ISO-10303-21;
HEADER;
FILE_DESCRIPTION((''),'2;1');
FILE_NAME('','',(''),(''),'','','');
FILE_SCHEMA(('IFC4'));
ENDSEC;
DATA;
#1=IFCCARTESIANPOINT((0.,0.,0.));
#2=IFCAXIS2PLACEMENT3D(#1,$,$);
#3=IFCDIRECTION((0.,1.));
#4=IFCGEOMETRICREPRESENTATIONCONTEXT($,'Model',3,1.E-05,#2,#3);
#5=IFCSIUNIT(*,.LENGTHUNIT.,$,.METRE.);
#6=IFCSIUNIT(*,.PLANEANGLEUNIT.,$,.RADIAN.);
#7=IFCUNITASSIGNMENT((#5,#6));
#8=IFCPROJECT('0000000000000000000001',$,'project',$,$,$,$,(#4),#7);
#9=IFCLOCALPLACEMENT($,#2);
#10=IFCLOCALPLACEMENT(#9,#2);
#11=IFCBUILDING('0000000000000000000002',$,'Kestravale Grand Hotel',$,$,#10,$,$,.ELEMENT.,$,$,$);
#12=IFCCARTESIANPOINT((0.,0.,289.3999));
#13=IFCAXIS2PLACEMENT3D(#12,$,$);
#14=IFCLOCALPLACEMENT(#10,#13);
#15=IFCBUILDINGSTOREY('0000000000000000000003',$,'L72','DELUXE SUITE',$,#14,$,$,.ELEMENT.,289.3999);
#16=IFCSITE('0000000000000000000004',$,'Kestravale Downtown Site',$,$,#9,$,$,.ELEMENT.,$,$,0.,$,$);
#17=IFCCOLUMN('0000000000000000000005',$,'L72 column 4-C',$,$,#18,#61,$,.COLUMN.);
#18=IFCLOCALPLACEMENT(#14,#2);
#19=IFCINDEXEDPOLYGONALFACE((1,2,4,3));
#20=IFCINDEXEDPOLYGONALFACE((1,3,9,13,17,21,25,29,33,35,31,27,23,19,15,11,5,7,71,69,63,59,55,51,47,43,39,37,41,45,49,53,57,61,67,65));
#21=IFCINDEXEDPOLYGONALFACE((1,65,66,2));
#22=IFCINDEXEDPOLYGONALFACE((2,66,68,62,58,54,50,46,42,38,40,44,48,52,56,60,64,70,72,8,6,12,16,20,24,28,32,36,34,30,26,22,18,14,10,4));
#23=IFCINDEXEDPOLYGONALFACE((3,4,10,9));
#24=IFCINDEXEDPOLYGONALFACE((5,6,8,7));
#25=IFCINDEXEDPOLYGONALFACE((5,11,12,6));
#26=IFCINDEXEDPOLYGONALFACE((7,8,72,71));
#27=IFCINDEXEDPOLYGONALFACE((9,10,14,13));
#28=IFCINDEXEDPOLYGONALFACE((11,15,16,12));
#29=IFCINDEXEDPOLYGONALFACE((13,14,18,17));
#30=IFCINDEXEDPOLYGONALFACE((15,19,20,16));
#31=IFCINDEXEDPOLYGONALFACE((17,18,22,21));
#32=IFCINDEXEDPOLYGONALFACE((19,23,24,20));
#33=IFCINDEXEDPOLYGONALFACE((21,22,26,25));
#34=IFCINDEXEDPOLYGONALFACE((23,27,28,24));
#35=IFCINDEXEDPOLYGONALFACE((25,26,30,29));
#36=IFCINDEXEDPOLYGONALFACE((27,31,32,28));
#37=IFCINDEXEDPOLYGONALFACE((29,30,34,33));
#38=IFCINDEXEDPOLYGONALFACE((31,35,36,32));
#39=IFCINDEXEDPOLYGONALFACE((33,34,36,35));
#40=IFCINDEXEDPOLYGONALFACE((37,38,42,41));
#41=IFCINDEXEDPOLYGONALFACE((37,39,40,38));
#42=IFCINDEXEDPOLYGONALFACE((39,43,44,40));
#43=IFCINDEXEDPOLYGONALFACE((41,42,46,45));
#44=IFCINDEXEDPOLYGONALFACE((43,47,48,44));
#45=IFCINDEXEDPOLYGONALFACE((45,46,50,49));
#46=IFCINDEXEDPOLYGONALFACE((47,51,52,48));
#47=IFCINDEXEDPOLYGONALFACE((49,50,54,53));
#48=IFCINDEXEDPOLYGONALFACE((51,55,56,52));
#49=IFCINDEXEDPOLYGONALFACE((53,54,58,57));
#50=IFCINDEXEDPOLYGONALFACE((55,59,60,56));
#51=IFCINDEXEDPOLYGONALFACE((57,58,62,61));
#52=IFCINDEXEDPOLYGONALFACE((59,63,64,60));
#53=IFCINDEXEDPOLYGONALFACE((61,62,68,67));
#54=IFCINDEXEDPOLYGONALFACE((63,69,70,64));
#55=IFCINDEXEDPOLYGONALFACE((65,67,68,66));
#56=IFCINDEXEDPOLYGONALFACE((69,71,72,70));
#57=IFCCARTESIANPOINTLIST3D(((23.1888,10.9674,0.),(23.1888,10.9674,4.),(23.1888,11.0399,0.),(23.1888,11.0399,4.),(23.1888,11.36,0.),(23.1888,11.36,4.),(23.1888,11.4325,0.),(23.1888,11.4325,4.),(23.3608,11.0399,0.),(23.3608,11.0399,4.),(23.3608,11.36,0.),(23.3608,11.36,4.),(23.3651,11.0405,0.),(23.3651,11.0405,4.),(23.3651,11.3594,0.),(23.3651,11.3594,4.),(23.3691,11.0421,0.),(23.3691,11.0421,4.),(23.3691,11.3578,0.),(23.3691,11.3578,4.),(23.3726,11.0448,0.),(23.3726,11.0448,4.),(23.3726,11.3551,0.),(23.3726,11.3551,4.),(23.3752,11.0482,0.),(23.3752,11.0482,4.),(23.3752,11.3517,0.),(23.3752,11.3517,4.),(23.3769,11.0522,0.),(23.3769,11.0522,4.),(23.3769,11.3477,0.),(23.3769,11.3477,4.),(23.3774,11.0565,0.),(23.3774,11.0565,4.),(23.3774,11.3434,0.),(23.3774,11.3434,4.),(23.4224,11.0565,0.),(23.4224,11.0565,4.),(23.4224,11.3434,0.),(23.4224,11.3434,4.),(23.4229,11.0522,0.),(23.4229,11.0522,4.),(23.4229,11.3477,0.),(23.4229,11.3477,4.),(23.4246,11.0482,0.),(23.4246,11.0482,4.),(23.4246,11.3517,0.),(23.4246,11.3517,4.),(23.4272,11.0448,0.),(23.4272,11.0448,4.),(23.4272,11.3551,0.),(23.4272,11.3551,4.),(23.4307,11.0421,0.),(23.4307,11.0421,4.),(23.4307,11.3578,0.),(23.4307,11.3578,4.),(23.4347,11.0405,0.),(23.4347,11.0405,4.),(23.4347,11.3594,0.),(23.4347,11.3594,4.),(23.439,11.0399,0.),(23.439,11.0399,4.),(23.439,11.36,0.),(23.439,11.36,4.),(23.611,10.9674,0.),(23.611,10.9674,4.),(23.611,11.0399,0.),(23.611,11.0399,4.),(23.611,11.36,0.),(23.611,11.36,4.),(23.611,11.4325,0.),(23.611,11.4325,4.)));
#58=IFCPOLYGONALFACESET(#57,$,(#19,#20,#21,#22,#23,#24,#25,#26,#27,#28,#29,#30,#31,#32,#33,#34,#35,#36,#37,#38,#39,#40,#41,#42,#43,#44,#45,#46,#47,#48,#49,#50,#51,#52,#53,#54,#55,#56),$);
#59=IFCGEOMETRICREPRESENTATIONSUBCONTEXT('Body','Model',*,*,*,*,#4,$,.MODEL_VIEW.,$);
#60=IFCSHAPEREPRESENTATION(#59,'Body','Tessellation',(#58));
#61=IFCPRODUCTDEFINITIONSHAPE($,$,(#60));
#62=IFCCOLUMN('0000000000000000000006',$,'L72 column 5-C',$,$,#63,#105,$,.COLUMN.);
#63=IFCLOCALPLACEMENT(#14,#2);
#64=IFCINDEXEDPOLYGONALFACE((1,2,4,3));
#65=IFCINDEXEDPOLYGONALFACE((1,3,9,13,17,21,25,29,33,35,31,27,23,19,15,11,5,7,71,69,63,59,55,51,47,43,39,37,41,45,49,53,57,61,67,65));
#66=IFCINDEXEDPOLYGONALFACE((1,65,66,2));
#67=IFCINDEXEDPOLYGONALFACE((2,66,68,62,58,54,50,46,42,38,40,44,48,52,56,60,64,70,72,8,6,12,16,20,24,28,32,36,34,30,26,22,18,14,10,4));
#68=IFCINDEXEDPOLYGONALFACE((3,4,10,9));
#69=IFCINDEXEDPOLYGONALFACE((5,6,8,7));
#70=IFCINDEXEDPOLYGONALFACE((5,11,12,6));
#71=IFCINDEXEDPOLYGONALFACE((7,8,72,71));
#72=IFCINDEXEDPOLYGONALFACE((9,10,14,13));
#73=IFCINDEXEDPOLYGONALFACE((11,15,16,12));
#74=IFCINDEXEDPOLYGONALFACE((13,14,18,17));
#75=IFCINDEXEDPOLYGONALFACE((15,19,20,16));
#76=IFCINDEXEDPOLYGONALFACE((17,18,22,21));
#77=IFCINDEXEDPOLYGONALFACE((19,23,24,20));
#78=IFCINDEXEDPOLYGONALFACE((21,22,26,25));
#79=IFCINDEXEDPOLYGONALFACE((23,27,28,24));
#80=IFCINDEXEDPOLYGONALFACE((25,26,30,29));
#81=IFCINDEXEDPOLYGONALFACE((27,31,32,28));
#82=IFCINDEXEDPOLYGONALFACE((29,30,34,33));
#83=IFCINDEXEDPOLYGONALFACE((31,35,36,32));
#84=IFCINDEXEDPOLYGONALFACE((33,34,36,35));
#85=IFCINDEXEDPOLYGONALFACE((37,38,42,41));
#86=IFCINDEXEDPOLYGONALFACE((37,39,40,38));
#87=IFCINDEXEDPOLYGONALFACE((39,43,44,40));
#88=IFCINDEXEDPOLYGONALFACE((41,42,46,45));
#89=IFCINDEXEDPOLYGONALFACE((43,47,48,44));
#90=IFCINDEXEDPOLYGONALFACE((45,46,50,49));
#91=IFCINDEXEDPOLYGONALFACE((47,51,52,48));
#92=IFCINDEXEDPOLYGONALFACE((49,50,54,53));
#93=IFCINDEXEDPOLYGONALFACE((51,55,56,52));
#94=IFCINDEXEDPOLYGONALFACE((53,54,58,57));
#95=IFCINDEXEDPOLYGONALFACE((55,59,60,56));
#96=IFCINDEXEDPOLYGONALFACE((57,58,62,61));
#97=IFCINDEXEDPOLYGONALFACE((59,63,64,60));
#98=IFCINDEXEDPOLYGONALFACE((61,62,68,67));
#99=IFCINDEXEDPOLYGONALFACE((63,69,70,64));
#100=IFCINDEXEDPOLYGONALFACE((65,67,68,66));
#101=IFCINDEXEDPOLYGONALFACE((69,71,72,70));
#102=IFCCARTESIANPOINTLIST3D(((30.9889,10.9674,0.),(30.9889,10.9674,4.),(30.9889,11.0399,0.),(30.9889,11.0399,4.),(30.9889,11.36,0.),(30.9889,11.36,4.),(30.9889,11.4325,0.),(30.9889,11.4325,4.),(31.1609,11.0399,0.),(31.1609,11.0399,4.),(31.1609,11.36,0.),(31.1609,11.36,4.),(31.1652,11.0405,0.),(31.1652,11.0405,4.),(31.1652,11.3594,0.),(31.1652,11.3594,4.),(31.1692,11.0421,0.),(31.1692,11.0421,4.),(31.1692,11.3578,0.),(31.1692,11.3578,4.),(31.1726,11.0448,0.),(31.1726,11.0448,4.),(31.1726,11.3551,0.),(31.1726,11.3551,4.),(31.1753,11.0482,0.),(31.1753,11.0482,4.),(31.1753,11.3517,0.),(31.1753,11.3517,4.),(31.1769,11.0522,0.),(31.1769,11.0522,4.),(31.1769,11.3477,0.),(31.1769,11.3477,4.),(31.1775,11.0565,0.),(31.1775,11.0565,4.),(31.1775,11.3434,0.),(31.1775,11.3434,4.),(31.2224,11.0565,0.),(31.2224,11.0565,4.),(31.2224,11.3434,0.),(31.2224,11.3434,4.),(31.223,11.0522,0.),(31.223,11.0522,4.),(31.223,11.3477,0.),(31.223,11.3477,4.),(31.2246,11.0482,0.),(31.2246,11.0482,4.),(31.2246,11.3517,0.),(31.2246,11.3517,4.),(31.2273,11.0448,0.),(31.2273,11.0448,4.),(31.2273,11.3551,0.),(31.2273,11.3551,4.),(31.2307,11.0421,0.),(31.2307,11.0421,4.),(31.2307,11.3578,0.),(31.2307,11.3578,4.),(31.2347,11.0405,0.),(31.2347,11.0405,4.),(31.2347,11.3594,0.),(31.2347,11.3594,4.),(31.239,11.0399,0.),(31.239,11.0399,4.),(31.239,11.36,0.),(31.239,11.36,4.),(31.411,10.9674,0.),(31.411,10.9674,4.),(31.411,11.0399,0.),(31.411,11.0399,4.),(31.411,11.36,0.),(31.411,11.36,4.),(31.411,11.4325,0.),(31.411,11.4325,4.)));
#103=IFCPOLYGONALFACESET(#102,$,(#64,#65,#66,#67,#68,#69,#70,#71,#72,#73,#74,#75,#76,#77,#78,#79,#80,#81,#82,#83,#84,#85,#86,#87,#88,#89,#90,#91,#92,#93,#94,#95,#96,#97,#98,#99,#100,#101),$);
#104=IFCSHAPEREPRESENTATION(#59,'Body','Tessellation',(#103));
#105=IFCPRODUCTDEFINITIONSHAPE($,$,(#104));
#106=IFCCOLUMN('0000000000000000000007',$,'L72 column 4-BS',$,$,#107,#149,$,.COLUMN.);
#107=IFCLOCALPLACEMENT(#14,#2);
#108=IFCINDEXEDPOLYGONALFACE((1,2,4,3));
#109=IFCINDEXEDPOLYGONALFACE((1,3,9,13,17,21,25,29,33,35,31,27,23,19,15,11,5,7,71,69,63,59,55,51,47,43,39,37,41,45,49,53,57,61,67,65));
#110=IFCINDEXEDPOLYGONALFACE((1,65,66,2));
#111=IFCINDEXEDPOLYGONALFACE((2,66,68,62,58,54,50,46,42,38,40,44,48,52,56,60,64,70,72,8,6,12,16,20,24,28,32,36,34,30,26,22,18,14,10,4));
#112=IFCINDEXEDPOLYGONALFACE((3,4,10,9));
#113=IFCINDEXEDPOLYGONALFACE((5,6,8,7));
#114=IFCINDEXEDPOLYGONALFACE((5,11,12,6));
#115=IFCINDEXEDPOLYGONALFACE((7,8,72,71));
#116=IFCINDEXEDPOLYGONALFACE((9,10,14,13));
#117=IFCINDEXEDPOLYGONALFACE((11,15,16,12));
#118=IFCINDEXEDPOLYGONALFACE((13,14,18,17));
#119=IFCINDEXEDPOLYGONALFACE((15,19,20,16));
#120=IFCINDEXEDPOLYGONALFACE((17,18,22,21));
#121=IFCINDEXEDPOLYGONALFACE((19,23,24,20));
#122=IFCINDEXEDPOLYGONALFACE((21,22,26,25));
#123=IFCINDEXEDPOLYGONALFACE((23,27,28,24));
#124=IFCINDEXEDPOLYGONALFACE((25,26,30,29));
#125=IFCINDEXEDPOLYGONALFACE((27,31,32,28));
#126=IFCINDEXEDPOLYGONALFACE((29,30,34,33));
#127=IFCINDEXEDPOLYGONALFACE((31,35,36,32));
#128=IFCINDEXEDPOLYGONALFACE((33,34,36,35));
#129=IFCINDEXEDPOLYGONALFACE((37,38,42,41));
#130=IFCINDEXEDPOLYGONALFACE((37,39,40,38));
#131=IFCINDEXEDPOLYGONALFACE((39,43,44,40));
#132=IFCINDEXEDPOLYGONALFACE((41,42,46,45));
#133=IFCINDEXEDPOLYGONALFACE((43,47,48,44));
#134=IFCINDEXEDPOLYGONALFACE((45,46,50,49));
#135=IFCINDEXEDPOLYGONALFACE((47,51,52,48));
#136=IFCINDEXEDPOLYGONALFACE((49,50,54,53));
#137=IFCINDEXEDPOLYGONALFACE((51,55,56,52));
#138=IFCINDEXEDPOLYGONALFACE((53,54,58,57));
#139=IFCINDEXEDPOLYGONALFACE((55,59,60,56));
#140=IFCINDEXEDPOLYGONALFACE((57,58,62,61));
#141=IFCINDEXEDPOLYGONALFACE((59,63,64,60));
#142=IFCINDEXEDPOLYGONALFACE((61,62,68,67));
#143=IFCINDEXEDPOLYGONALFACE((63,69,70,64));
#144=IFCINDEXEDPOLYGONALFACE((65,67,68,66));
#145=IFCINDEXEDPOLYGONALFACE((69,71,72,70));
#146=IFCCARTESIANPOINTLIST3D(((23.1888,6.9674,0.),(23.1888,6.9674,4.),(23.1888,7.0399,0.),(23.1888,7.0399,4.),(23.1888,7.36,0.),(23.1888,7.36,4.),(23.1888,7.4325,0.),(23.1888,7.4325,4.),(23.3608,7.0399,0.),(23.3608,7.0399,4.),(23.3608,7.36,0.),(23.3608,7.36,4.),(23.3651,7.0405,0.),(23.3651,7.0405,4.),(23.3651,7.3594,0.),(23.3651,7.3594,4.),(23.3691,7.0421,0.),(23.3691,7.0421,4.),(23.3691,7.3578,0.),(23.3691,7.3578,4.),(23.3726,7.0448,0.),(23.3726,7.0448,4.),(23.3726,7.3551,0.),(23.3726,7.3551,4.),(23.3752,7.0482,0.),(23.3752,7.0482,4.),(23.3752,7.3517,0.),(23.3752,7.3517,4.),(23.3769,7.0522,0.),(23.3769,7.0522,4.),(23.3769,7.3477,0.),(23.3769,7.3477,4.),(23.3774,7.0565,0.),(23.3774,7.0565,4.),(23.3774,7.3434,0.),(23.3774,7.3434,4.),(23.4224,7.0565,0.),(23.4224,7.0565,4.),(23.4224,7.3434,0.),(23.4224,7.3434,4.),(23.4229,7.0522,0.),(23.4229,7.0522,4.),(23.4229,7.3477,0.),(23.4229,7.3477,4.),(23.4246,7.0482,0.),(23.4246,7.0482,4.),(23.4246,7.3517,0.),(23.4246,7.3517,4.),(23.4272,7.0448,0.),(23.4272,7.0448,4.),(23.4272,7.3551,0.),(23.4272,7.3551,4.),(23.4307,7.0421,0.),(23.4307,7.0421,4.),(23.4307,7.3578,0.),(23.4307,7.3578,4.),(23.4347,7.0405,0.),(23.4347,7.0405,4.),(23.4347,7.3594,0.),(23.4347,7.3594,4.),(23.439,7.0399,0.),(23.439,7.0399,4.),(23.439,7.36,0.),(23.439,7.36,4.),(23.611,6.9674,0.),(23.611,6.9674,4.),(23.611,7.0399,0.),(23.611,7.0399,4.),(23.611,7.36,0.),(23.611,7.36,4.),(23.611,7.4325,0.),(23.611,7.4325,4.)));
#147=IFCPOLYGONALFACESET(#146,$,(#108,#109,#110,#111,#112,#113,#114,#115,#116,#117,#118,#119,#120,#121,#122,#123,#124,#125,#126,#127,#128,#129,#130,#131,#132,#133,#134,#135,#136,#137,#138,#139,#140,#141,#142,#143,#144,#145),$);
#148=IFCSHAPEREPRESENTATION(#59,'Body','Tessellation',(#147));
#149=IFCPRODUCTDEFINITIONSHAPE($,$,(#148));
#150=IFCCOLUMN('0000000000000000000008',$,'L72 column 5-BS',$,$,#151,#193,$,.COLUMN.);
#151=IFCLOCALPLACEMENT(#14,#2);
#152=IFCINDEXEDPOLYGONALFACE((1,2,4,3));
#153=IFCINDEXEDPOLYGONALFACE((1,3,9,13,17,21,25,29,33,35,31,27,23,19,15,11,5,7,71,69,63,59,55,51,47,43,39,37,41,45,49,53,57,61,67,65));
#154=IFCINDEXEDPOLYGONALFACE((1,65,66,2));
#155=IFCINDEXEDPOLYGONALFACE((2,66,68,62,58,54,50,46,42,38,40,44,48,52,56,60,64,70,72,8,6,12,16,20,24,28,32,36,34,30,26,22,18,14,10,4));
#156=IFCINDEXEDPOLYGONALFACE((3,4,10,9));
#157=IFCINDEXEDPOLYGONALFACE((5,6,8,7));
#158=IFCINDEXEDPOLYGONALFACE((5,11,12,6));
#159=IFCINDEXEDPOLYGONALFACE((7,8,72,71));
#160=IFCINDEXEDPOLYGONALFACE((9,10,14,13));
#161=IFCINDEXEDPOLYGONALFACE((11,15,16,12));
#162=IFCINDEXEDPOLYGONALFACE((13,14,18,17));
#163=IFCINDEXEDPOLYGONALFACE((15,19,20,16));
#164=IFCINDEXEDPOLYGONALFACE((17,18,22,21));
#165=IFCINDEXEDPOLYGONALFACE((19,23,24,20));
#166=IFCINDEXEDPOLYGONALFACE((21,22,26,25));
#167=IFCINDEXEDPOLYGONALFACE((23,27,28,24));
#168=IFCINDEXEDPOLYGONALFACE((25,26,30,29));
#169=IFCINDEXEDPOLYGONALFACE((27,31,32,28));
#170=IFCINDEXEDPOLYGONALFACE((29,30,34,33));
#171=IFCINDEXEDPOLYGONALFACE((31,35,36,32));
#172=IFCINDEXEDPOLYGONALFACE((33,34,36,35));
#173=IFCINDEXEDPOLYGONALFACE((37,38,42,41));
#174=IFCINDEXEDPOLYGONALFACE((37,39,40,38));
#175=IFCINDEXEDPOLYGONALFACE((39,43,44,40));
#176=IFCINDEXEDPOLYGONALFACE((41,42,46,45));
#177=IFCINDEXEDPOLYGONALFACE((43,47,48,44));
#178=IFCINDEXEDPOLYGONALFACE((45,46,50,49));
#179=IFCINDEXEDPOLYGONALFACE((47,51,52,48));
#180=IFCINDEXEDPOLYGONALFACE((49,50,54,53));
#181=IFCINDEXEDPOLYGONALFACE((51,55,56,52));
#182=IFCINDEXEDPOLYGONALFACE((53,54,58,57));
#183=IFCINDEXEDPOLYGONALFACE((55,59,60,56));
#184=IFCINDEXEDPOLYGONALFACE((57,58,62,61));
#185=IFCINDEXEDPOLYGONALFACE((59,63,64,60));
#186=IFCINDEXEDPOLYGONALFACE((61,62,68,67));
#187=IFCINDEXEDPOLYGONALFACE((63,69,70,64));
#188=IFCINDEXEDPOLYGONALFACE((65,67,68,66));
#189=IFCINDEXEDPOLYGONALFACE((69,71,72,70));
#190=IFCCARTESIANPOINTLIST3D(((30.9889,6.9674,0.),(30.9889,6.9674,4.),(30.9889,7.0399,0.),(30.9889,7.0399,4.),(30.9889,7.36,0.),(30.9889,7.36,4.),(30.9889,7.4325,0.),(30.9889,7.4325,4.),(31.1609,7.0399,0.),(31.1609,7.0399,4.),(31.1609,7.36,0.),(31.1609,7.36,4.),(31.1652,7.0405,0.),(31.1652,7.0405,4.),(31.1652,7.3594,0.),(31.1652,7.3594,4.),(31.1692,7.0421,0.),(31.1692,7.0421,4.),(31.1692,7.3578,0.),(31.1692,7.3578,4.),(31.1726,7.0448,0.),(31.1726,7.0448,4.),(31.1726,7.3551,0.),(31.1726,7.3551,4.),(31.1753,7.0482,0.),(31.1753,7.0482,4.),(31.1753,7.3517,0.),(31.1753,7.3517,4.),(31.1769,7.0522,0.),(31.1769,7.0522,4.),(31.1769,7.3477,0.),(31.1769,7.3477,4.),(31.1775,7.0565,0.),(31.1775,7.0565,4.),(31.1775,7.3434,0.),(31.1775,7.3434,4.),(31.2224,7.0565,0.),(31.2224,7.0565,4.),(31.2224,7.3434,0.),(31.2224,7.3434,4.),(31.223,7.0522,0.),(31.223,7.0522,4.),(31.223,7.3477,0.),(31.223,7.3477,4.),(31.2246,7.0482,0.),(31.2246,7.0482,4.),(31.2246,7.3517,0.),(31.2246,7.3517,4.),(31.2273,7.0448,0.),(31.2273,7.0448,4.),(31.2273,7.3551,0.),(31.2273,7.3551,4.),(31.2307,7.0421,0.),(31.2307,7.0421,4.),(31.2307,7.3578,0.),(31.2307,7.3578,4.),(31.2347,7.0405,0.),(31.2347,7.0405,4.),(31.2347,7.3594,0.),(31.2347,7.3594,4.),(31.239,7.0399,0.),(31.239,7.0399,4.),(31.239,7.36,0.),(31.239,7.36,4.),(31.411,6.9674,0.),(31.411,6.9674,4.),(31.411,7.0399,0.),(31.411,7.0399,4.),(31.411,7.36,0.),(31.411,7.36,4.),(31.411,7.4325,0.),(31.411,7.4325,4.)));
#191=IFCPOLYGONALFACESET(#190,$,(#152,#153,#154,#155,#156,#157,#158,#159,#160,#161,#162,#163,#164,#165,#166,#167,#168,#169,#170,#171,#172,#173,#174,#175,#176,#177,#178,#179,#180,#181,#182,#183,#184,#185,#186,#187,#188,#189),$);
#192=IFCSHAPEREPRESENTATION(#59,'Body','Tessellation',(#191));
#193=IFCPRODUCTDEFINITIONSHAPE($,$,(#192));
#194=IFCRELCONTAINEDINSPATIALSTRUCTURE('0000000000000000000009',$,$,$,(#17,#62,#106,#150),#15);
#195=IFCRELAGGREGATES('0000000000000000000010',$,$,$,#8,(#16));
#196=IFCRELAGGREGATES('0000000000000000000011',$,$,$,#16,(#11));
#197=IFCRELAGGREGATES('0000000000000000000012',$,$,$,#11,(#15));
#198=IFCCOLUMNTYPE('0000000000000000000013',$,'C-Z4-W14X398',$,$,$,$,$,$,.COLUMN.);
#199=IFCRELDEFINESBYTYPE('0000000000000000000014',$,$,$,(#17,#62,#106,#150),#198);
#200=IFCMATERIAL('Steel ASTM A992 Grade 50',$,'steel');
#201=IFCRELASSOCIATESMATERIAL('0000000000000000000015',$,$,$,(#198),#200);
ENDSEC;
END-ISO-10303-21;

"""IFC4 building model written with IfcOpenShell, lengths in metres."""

from ifc_helpers import new_model, si_unit, direction, frame, origin, origin_2d, place, context, subcontext, project, spatial, i_section, extrude, material, material_profile, profile_set, type_object, element, save


model = new_model("IFC4")

# Units and contexts
model_context = context("Model", 3, precision=1e-05, world=origin(), true_north=direction((0.0, 1.0)))
body_context = subcontext(model_context, "Body", "Model", "MODEL_VIEW")
ifc_project = project(units=[si_unit("LENGTHUNIT", "METRE"), si_unit("PLANEANGLEUNIT", "RADIAN")], contexts=[model_context])

# Site, building, storey
site_placement = place(None, origin())
site = spatial("IfcSite", under=ifc_project, at=site_placement, Name="Kestravale Downtown Site", CompositionType="ELEMENT", RefElevation=0.0)
building_placement = place(site_placement, origin())
building = spatial("IfcBuilding", under=site, at=building_placement, Name="Kestravale Grand Hotel", CompositionType="ELEMENT")
storey_placement = place(building_placement, frame((0.0, 0.0, 289.3999)))
storey = spatial("IfcBuildingStorey", under=building, at=storey_placement, Name="L72", Description="DELUXE SUITE", CompositionType="ELEMENT", Elevation=289.3999)

# Columns
ifc_material_1 = material(Name="Steel ASTM A992 Grade 50", Category="steel")
ifc_material_profile_1 = material_profile(ifc_material_1, i_section(OverallWidth=0.4221, OverallDepth=0.4651, WebThickness=0.0449, FlangeThickness=0.0725, FilletRadius=0.0166, at=origin_2d()))
ifc_profile_set_1 = profile_set([ifc_material_profile_1], Name="Steel ASTM A992 Grade 50")
column_type = type_object("IfcColumnType", Name="C-Z4-W14X398", PredefinedType="COLUMN", material=ifc_profile_set_1)
for number, where, z_axis, x_axis, name in (
    (1, (23.3999, 11.2, 0.0), (0.0, 0.0, 1.0), (1.0, 0.0, 0.0), "L72 column 4-C"),
    (2, (31.2, 11.2, 0.0), (0.0, 0.0, 1.0), (1.0, 0.0, 0.0), "L72 column 5-C"),
    (3, (23.3999, 7.2, 0.0), (0.0, 0.0, 1.0), (1.0, 0.0, 0.0), "L72 column 4-BS"),
    (4, (31.2, 7.2, 0.0), (0.0, 0.0, 1.0), (1.0, 0.0, 0.0), "L72 column 5-BS"),
):
    element("IfcColumn", number, at=place(storey_placement, frame(where, z_axis=z_axis, x_axis=x_axis)), inside=storey, type_object=column_type, Name=name, PredefinedType="COLUMN", context=body_context, shape_type="SweptSolid", body=[
        extrude(i_section(OverallWidth=0.4221, OverallDepth=0.4651, WebThickness=0.0449, FlangeThickness=0.0725, FilletRadius=0.0166, at=origin_2d()), origin(), (0.0, 0.0, 1.0), 4.0),
    ])

save(model, "model.ifc")
